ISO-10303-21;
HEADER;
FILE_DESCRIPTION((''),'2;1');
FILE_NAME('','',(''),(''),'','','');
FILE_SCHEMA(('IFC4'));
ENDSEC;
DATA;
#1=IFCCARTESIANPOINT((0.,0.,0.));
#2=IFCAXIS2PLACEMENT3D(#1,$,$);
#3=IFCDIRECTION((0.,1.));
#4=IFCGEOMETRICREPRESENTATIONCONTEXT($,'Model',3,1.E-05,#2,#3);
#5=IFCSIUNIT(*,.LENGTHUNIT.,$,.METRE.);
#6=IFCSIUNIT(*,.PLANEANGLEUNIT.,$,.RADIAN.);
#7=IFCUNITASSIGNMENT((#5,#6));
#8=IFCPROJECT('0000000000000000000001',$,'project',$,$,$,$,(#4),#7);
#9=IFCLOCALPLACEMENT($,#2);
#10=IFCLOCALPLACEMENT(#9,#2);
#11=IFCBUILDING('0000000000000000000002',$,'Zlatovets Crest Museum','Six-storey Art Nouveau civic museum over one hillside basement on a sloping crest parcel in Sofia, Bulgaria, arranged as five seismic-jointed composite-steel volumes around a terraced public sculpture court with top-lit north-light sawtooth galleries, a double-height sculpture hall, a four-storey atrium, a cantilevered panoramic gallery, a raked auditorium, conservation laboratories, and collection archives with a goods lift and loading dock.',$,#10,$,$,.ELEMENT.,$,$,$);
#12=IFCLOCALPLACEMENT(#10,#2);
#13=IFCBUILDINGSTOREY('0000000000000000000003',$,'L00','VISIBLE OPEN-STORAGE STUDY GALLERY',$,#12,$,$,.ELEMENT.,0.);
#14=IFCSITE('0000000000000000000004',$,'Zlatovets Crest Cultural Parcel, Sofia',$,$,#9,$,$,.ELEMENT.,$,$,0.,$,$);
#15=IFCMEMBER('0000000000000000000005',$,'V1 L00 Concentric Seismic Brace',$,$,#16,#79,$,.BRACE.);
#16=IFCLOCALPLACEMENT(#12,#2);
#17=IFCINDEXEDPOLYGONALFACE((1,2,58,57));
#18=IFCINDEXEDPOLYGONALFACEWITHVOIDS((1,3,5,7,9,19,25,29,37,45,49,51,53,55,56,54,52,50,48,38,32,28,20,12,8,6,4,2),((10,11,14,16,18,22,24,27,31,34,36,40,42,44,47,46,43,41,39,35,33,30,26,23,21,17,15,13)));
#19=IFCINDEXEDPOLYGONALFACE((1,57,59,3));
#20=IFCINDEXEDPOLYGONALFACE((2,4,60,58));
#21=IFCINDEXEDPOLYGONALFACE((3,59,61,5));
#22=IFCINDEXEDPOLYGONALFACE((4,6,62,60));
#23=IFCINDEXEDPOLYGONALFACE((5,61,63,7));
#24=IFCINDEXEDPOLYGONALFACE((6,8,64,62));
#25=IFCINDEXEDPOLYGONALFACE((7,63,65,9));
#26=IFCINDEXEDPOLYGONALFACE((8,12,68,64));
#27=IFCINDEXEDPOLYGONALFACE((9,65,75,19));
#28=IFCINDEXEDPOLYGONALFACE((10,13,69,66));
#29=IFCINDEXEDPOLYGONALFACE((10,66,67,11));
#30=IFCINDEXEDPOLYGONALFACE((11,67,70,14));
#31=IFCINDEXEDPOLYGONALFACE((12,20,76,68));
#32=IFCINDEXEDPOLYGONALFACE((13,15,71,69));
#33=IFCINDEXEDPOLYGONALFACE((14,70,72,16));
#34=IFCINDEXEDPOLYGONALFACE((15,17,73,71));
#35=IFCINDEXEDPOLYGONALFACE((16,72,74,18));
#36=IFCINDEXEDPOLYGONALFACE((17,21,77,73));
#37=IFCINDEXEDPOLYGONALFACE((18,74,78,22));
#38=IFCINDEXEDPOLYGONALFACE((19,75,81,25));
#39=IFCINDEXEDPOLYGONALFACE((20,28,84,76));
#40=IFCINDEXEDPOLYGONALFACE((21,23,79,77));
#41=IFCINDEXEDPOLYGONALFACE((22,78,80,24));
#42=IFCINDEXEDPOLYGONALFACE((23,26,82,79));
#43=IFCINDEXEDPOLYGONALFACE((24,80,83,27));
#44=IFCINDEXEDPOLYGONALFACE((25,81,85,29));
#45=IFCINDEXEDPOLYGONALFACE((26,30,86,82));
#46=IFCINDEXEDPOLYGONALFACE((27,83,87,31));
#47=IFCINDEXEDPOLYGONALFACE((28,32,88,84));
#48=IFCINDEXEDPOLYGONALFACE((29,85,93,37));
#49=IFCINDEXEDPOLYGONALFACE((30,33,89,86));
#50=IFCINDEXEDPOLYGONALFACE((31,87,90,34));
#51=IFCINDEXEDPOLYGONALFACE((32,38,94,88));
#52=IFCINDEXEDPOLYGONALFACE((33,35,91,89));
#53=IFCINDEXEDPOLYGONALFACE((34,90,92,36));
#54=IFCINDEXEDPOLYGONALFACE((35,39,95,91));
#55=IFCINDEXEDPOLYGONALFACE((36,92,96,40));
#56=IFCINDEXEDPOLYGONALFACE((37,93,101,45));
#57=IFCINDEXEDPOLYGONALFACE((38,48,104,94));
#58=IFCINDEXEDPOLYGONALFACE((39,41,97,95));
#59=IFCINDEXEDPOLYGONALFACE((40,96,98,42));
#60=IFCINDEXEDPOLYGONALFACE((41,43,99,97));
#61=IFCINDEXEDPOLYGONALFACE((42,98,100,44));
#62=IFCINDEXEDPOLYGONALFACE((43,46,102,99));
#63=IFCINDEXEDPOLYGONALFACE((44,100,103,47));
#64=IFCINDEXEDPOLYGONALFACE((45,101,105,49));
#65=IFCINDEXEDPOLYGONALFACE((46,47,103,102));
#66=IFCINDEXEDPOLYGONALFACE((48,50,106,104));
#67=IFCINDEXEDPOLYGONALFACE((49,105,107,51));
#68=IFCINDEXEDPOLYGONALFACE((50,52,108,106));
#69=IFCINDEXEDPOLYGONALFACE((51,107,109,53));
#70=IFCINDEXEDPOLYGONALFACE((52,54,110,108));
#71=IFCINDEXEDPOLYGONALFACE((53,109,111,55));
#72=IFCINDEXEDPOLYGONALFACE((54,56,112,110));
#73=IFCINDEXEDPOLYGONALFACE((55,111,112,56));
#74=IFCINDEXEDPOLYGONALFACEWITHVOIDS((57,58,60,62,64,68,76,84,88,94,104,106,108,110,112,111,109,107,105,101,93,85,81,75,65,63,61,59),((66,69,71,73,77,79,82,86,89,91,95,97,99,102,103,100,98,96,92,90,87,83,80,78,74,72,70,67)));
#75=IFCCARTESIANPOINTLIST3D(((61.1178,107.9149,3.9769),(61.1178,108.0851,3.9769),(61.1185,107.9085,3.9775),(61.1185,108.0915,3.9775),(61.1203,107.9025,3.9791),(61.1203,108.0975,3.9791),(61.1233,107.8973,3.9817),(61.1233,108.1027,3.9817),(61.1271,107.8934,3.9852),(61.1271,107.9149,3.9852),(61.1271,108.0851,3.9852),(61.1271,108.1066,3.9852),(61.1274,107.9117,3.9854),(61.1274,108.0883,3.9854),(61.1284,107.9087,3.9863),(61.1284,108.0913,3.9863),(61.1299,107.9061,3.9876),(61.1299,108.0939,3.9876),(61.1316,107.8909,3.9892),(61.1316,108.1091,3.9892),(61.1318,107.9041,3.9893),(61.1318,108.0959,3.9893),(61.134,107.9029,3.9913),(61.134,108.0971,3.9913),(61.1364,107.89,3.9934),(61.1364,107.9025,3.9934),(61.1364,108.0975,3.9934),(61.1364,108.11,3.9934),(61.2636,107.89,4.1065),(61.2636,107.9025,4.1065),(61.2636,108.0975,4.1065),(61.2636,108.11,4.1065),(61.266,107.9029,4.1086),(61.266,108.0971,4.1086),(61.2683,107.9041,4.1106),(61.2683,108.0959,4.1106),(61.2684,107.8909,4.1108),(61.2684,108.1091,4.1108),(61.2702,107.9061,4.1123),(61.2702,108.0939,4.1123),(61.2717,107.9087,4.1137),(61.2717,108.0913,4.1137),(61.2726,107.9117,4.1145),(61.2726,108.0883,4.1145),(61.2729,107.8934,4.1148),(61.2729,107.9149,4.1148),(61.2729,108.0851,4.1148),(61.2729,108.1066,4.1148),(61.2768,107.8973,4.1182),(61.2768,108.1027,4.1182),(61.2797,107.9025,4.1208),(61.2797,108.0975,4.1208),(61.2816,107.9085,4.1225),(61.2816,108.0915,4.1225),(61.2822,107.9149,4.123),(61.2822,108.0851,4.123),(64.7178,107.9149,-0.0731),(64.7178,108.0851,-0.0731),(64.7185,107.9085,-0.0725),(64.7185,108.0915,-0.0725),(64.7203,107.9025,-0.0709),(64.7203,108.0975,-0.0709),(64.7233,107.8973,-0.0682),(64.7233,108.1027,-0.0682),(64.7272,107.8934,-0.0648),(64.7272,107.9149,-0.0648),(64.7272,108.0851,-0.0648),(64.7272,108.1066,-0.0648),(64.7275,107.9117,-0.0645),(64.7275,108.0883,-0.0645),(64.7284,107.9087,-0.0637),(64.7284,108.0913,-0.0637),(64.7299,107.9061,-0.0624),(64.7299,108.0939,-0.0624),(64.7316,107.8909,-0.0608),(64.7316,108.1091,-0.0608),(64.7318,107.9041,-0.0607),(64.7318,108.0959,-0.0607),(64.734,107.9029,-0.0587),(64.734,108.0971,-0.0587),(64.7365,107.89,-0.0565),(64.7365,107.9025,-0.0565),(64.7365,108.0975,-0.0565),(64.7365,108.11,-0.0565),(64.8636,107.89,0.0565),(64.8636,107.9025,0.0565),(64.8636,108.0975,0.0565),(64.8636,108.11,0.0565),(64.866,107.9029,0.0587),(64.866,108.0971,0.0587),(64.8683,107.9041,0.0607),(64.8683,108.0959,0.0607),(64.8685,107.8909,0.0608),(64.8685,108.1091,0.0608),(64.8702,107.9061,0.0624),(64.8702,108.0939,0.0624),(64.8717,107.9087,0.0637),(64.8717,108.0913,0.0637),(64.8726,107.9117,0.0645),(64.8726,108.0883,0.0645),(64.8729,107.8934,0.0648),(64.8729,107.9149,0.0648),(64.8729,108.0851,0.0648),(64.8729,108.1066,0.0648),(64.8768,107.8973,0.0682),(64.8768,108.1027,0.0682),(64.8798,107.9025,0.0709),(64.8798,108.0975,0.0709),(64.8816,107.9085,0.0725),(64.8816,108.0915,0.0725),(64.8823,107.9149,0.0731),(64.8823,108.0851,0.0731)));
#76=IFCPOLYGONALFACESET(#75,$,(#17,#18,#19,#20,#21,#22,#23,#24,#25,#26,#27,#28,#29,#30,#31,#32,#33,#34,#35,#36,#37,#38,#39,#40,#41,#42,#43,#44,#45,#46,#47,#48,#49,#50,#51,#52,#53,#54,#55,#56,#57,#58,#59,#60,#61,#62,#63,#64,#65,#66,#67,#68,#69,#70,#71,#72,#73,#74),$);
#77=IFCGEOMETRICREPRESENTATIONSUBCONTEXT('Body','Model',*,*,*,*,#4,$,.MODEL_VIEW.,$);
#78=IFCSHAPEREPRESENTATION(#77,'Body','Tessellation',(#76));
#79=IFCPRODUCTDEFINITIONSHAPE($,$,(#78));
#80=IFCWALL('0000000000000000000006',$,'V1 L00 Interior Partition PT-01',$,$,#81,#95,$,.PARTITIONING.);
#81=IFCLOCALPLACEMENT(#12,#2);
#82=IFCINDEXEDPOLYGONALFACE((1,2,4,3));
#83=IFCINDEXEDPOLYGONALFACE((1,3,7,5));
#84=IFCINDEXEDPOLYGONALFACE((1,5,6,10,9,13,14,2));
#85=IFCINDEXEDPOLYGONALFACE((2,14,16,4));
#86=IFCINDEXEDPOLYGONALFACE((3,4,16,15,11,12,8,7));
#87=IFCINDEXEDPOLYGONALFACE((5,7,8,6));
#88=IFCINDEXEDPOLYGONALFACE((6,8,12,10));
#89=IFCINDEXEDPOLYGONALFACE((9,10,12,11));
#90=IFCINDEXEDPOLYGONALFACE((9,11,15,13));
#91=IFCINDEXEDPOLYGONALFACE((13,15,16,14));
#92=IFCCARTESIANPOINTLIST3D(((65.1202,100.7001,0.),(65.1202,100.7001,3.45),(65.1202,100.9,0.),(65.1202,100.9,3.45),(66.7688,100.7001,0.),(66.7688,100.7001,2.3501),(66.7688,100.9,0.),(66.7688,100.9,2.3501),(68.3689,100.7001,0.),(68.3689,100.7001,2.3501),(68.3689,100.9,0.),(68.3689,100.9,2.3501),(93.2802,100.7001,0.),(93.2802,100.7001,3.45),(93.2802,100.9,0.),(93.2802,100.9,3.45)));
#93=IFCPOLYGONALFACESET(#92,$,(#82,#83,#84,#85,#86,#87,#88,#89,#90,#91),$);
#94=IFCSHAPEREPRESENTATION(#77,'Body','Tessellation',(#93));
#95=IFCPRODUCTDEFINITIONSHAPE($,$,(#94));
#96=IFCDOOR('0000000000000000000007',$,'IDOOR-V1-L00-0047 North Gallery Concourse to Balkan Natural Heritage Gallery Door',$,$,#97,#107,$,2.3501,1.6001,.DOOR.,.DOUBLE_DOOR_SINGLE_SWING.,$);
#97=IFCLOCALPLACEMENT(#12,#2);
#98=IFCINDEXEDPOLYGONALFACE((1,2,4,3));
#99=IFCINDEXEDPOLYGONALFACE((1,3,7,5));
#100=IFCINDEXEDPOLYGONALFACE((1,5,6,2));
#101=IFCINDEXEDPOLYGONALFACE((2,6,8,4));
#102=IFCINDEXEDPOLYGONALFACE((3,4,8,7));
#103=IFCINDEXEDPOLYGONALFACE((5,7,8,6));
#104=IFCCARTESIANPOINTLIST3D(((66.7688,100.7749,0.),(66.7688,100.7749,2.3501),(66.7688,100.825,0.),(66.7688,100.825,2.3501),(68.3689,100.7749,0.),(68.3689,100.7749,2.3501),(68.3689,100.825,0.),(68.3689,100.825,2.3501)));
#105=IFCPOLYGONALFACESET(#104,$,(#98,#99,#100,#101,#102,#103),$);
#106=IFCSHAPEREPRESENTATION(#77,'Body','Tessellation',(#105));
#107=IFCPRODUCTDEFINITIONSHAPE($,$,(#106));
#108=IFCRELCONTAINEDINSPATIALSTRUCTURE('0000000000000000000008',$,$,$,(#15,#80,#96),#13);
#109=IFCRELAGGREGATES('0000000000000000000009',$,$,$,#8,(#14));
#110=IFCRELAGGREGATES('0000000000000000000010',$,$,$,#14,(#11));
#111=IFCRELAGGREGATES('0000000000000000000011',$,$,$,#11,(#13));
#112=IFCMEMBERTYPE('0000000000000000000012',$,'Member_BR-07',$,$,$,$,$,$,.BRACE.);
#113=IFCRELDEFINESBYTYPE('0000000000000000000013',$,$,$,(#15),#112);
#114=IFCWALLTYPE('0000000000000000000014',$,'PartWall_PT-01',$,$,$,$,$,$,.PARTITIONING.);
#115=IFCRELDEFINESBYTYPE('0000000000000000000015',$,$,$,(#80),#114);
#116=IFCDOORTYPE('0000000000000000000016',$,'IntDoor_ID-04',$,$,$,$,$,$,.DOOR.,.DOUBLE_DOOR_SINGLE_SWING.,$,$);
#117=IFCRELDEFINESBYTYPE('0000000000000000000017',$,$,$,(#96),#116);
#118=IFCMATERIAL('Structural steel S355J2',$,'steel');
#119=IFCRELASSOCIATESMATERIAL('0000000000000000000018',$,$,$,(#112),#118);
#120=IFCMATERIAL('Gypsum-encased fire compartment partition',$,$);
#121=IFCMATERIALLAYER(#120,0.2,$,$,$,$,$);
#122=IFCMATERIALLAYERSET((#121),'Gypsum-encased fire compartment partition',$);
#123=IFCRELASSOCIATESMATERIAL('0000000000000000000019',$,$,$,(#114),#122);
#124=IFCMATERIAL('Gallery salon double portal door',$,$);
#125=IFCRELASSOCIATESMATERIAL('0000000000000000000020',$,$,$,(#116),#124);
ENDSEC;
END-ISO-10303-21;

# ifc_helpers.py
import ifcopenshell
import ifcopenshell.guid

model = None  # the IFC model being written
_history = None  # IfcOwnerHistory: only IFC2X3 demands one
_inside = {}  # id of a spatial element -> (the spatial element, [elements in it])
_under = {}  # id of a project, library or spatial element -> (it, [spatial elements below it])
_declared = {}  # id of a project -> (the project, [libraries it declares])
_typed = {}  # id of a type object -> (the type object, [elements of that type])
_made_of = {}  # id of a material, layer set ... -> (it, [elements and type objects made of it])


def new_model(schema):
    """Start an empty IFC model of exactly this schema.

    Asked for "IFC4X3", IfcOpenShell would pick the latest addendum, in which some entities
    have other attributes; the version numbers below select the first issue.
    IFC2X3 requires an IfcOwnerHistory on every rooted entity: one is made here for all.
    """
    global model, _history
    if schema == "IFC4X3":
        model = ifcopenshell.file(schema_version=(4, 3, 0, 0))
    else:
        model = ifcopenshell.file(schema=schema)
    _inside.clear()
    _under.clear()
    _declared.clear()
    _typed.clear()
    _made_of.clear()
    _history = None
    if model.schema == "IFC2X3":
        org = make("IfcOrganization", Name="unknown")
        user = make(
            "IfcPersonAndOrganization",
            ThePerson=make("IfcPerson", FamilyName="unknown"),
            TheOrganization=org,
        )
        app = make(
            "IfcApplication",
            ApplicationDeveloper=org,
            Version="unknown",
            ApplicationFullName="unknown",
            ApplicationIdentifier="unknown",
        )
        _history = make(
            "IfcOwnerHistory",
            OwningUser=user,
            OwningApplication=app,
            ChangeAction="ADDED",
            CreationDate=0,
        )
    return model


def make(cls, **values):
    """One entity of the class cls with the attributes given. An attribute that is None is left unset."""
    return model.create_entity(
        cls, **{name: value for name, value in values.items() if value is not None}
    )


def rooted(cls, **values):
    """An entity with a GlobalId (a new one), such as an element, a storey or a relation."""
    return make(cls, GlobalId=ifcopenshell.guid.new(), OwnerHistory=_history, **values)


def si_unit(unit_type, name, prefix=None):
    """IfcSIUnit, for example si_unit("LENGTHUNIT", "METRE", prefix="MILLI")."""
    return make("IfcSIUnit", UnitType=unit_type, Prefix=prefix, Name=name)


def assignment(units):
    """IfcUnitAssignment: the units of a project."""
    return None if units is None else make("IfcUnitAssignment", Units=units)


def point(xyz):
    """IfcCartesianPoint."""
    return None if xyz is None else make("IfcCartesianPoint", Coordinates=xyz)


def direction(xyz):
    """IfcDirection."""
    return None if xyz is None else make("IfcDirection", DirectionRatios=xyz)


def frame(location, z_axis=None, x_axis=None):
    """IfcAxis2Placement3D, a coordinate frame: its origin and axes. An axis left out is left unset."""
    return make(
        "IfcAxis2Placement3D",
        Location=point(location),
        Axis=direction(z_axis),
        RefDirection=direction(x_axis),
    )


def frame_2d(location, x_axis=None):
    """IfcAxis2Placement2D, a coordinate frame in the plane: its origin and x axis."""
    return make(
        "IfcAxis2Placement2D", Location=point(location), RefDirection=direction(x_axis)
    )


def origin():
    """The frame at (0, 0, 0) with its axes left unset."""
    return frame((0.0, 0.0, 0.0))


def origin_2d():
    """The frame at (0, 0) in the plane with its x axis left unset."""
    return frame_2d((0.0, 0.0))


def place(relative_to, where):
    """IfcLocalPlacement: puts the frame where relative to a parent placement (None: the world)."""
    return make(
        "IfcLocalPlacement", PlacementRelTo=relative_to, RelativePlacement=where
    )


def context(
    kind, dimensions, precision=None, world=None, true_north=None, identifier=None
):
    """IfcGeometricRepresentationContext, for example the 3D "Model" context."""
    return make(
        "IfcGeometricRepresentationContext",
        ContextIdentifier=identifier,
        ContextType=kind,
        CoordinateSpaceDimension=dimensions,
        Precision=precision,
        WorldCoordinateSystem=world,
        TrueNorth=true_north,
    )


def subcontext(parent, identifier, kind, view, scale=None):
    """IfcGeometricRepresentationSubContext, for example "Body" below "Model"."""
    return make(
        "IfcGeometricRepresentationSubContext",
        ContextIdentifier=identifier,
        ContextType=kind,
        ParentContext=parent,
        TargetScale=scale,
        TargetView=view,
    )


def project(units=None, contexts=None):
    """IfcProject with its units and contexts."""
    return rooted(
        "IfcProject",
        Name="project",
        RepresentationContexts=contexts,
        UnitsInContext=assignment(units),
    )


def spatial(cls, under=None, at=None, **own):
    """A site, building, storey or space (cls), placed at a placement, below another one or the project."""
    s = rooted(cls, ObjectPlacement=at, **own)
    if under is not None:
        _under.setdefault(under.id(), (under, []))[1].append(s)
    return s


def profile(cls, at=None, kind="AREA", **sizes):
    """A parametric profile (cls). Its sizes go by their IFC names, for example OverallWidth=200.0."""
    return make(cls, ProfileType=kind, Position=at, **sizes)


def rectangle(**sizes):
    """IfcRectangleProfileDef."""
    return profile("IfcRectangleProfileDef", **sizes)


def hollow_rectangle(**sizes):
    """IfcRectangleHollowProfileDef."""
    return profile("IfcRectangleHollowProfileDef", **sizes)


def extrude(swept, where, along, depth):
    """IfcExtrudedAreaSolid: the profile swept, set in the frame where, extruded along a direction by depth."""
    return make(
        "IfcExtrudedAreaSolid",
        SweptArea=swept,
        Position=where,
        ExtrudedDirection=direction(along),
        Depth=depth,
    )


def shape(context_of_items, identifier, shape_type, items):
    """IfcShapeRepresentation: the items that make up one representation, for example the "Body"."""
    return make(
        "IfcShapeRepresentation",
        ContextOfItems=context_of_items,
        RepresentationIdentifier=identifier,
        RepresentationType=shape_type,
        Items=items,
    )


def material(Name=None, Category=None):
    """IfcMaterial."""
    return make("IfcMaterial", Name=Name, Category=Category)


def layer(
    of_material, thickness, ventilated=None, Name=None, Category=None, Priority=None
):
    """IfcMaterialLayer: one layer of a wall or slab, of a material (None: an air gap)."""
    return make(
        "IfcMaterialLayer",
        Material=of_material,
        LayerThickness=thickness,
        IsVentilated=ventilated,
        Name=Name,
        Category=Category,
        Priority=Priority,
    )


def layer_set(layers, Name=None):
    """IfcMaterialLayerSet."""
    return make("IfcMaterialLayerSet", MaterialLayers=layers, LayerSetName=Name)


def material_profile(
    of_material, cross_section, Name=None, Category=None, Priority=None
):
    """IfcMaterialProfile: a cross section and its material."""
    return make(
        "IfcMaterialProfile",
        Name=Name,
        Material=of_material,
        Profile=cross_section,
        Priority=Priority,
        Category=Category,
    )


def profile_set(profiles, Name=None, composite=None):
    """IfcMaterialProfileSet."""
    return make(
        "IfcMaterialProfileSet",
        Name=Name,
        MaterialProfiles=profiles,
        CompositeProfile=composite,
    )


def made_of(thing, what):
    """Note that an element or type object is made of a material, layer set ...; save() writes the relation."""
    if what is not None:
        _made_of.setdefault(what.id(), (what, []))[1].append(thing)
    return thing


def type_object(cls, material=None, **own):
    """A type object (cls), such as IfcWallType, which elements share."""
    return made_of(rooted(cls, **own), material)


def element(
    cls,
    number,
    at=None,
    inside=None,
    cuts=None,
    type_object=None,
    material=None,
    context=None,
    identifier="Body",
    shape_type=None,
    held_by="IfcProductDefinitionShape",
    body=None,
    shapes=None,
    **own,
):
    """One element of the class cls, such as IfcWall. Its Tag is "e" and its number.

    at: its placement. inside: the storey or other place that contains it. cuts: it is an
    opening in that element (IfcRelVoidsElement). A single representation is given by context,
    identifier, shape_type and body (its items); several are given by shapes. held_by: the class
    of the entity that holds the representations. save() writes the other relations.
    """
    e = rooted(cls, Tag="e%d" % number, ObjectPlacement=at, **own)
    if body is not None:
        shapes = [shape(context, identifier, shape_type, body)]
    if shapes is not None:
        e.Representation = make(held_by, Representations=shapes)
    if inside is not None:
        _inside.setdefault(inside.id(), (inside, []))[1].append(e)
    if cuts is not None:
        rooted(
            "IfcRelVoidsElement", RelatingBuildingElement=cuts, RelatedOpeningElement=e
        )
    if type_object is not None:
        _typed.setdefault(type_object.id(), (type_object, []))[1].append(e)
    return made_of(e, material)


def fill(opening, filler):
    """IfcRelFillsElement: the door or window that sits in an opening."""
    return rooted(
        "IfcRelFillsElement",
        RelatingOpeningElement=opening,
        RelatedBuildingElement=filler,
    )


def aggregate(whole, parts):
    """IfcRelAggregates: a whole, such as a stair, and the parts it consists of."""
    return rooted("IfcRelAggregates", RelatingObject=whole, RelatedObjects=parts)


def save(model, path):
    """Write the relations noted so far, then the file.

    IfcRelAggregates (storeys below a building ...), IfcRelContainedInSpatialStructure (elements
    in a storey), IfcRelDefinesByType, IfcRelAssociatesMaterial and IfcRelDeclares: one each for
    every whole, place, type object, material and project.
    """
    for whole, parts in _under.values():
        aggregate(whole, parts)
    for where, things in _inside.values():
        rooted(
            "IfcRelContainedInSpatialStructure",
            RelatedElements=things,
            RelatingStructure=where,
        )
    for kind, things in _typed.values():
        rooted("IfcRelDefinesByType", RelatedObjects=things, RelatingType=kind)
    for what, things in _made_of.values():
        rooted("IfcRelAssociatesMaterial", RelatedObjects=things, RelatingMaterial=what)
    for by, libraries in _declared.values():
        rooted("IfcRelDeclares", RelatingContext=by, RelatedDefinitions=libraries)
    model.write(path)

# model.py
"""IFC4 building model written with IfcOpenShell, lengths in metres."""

from ifc_helpers import new_model, si_unit, direction, frame, frame_2d, origin, origin_2d, place, context, subcontext, project, spatial, rectangle, hollow_rectangle, extrude, material, layer, layer_set, material_profile, profile_set, type_object, element, fill, save


model = new_model("IFC4")

# Units and contexts
model_context = context("Model", 3, precision=1e-05, world=origin(), true_north=direction((0.0, 1.0)))
body_context = subcontext(model_context, "Body", "Model", "MODEL_VIEW")
ifc_project = project(units=[si_unit("LENGTHUNIT", "METRE"), si_unit("PLANEANGLEUNIT", "RADIAN")], contexts=[model_context])

# Site, building, storey
site_placement = place(None, origin())
site = spatial("IfcSite", under=ifc_project, at=site_placement, Name="Zlatovets Crest Cultural Parcel, Sofia", CompositionType="ELEMENT", RefElevation=0.0)
building_placement = place(site_placement, origin())
building = spatial("IfcBuilding", under=site, at=building_placement, Name="Zlatovets Crest Museum", Description="Six-storey Art Nouveau civic museum over one hillside basement on a sloping crest parcel in Sofia, Bulgaria, arranged as five seismic-jointed composite-steel volumes around a terraced public sculpture court with top-lit north-light sawtooth galleries, a double-height sculpture hall, a four-storey atrium, a cantilevered panoramic gallery, a raked auditorium, conservation laboratories, and collection archives with a goods lift and loading dock.", CompositionType="ELEMENT")
storey_placement = place(building_placement, origin())
storey = spatial("IfcBuildingStorey", under=building, at=storey_placement, Name="L00", Description="VISIBLE OPEN-STORAGE STUDY GALLERY", CompositionType="ELEMENT", Elevation=0.0)

# Shared definitions
ifc_material_1 = material(Name="Structural steel S355J2", Category="steel")

# Member
ifc_material_profile_1 = material_profile(ifc_material_1, hollow_rectangle(XDim=0.22, YDim=0.22, WallThickness=0.0125, InnerFilletRadius=0.0125, OuterFilletRadius=0.0249, at=origin_2d()), Name="SHS 220x220x12.5")
ifc_profile_set_1 = profile_set([ifc_material_profile_1], Name="Structural steel S355J2")
member_type = type_object("IfcMemberType", Name="Member_BR-07", PredefinedType="BRACE", material=ifc_profile_set_1)
member_placement = place(storey_placement, frame((64.8, 108.0, 0.0), z_axis=(-0.664369, 0.0, 0.747404), x_axis=(0.0, -1.0, 0.0)))
element("IfcMember", 1, at=member_placement, inside=storey, type_object=member_type, Name="V1 L00 Concentric Seismic Brace", PredefinedType="BRACE", context=body_context, shape_type="SweptSolid", body=[
    extrude(hollow_rectangle(XDim=0.22, YDim=0.22, WallThickness=0.0125, InnerFilletRadius=0.0125, OuterFilletRadius=0.0249, at=origin_2d()), origin(), (0.0, 0.0, 1.0), 5.4187),
])

# Wall, opening, door
ifc_material_2 = material(Name="Gypsum-encased fire compartment partition")
ifc_layer = layer(ifc_material_2, 0.2)
ifc_layer_set = layer_set([ifc_layer], Name="Gypsum-encased fire compartment partition")
wall_type = type_object("IfcWallType", Name="PartWall_PT-01", PredefinedType="PARTITIONING", material=ifc_layer_set)
wall_placement = place(storey_placement, frame((65.1201, 100.8, 0.0), z_axis=(0.0, 0.0, 1.0), x_axis=(1.0, 0.0, 0.0)))
wall = element("IfcWall", 2, at=wall_placement, inside=storey, type_object=wall_type, Name="V1 L00 Interior Partition PT-01", PredefinedType="PARTITIONING", context=body_context, shape_type="SweptSolid", body=[
    extrude(rectangle(XDim=28.1599, YDim=0.2, at=frame_2d((14.0801, 0.0))), origin(), (0.0, 0.0, 1.0), 3.45),
])
opening_placement = place(wall_placement, frame((1.6487, 0.0, 0.0)))
opening = element("IfcOpeningElement", 3, at=opening_placement, cuts=wall, PredefinedType="OPENING", context=body_context, shape_type="SweptSolid", body=[
    extrude(rectangle(XDim=1.6001, YDim=2.3501, at=frame_2d((0.8, 1.175))), frame((0.0, 0.1099, 0.0), z_axis=(0.0, -1.0, 0.0), x_axis=(1.0, 0.0, 0.0)), (0.0, 0.0, 1.0), 0.22),
])
ifc_material_3 = material(Name="Gallery salon double portal door")
door_type = type_object("IfcDoorType", Name="IntDoor_ID-04", OperationType="DOUBLE_DOOR_SINGLE_SWING", PredefinedType="DOOR", material=ifc_material_3)
door_placement = place(opening_placement, origin())
door = element("IfcDoor", 4, at=door_placement, inside=storey, type_object=door_type, Name="IDOOR-V1-L00-0047 North Gallery Concourse to Balkan Natural Heritage Gallery Door", OperationType="DOUBLE_DOOR_SINGLE_SWING", OverallHeight=2.3501, OverallWidth=1.6001, PredefinedType="DOOR", context=body_context, shape_type="SweptSolid", body=[
    extrude(rectangle(XDim=1.6001, YDim=2.3501, at=frame_2d((0.8, 1.175))), frame((0.0, 0.0249, 0.0), z_axis=(0.0, -1.0, 0.0), x_axis=(1.0, 0.0, 0.0)), (0.0, 0.0, 1.0), 0.05),
])
fill(opening, door)

save(model, "model.ifc")
